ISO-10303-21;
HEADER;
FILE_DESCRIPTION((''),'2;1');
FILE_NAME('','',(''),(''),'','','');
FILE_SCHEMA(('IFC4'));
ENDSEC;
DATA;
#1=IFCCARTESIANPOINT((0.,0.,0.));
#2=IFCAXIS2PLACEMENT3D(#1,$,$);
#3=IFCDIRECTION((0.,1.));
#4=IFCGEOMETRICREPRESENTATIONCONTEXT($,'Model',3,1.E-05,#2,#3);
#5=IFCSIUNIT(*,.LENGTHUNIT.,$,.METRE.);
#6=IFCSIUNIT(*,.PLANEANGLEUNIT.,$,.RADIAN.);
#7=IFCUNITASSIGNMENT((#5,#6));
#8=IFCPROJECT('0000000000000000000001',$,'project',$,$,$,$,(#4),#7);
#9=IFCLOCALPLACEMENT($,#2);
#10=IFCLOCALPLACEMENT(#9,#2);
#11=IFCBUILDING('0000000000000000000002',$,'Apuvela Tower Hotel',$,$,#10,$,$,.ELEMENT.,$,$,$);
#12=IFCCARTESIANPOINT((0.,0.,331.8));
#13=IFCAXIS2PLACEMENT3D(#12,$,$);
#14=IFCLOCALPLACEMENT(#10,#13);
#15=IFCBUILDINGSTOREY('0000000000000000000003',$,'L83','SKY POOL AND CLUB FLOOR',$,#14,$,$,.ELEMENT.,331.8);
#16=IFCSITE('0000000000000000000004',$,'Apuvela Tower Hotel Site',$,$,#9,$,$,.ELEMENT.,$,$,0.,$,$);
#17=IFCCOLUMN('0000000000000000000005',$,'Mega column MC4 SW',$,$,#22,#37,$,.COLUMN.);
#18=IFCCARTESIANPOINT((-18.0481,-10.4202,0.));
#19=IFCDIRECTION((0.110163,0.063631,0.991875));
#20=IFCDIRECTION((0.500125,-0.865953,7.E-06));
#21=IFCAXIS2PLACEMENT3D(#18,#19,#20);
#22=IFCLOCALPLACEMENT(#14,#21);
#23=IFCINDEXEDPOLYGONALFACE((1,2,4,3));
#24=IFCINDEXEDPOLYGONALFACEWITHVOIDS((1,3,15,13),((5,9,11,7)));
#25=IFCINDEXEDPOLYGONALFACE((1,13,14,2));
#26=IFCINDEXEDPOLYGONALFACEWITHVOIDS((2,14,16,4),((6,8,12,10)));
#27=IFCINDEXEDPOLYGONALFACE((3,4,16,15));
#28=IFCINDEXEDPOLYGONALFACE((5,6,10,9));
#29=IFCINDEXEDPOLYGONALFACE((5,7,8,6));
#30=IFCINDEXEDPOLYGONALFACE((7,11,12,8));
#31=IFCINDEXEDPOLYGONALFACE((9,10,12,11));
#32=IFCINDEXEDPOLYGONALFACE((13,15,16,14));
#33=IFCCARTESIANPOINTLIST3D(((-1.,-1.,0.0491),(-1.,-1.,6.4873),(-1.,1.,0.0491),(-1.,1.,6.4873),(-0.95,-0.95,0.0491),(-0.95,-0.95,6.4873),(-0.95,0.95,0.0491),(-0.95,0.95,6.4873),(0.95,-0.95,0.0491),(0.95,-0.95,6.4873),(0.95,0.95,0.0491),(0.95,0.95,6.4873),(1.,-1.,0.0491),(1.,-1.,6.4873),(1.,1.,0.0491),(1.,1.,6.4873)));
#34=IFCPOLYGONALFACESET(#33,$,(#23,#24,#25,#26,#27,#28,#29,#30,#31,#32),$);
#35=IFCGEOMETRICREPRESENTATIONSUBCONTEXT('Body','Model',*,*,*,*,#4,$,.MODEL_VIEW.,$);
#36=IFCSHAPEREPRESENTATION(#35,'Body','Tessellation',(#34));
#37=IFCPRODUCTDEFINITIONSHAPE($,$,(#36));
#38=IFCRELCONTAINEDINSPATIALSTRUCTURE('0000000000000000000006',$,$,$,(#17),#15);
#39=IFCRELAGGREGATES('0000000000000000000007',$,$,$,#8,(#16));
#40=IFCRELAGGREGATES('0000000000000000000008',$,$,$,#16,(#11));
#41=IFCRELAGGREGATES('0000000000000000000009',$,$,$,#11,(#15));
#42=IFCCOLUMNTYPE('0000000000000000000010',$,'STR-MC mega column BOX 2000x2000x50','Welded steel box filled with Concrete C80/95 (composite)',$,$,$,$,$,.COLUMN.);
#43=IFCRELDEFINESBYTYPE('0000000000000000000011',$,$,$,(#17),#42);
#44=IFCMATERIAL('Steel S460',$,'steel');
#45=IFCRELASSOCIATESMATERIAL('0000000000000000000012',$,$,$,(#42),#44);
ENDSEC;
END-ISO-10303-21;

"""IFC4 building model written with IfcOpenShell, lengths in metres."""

from ifc_helpers import new_model, si_unit, direction, frame, origin, origin_2d, place, context, subcontext, project, spatial, rectangle, hollow_rectangle, extrude, boolean, halfspace, material, material_profile, profile_set, type_object, element, save


model = new_model("IFC4")

# Units and contexts
model_context = context("Model", 3, precision=1e-05, world=origin(), true_north=direction((0.0, 1.0)))
body_context = subcontext(model_context, "Body", "Model", "MODEL_VIEW")
ifc_project = project(units=[si_unit("LENGTHUNIT", "METRE"), si_unit("PLANEANGLEUNIT", "RADIAN")], contexts=[model_context])

# Site, building, storey
site_placement = place(None, origin())
site = spatial("IfcSite", under=ifc_project, at=site_placement, Name="Apuvela Tower Hotel Site", CompositionType="ELEMENT", RefElevation=0.0)
building_placement = place(site_placement, origin())
building = spatial("IfcBuilding", under=site, at=building_placement, Name="Apuvela Tower Hotel", CompositionType="ELEMENT")
storey_placement = place(building_placement, frame((0.0, 0.0, 331.8)))
storey = spatial("IfcBuildingStorey", under=building, at=storey_placement, Name="L83", Description="SKY POOL AND CLUB FLOOR", CompositionType="ELEMENT", Elevation=331.8)

# Column
ifc_material_1 = material(Name="Steel S460", Category="steel")
ifc_material_profile_1 = material_profile(ifc_material_1, hollow_rectangle(XDim=2.0, YDim=2.0, WallThickness=0.05, at=origin_2d()), Name="BOX 2000x2000x50")
ifc_material_2 = material(Name="Concrete C80/95", Category="concrete")
ifc_material_profile_2 = material_profile(ifc_material_2, rectangle(XDim=1.8999, YDim=1.8999, at=origin_2d()), Name="Concrete C80/95 infill")
ifc_profile_set_1 = profile_set([ifc_material_profile_1, ifc_material_profile_2], Name="Steel S460")
column_type = type_object("IfcColumnType", Name="STR-MC mega column BOX 2000x2000x50", Description="Welded steel box filled with Concrete C80/95 (composite)", PredefinedType="COLUMN", material=ifc_profile_set_1)
column_placement = place(storey_placement, frame((-18.0481, -10.4202, 0.0), z_axis=(0.110163, 0.063631, 0.991875), x_axis=(0.500125, -0.865953, 0.000007)))
element("IfcColumn", 1, at=column_placement, inside=storey, type_object=column_type, Name="Mega column MC4 SW", PredefinedType="COLUMN", context=body_context, shape_type="SweptSolid", body=[
    boolean("DIFFERENCE", boolean("DIFFERENCE", extrude(hollow_rectangle(XDim=2.0, YDim=2.0, WallThickness=0.05, at=origin_2d()), origin(), (0.0, 0.0, 1.0), 6.5532), halfspace(frame((0.0, 0.0, 0.0491), z_axis=(0.0, 0.0, 1.0), x_axis=(1.0, 0.0, 0.0)), True)), halfspace(frame((0.0, 0.0, 6.4873), z_axis=(0.0, 0.0, 1.0), x_axis=(1.0, 0.0, 0.0)), False)),
])

save(model, "model.ifc")
